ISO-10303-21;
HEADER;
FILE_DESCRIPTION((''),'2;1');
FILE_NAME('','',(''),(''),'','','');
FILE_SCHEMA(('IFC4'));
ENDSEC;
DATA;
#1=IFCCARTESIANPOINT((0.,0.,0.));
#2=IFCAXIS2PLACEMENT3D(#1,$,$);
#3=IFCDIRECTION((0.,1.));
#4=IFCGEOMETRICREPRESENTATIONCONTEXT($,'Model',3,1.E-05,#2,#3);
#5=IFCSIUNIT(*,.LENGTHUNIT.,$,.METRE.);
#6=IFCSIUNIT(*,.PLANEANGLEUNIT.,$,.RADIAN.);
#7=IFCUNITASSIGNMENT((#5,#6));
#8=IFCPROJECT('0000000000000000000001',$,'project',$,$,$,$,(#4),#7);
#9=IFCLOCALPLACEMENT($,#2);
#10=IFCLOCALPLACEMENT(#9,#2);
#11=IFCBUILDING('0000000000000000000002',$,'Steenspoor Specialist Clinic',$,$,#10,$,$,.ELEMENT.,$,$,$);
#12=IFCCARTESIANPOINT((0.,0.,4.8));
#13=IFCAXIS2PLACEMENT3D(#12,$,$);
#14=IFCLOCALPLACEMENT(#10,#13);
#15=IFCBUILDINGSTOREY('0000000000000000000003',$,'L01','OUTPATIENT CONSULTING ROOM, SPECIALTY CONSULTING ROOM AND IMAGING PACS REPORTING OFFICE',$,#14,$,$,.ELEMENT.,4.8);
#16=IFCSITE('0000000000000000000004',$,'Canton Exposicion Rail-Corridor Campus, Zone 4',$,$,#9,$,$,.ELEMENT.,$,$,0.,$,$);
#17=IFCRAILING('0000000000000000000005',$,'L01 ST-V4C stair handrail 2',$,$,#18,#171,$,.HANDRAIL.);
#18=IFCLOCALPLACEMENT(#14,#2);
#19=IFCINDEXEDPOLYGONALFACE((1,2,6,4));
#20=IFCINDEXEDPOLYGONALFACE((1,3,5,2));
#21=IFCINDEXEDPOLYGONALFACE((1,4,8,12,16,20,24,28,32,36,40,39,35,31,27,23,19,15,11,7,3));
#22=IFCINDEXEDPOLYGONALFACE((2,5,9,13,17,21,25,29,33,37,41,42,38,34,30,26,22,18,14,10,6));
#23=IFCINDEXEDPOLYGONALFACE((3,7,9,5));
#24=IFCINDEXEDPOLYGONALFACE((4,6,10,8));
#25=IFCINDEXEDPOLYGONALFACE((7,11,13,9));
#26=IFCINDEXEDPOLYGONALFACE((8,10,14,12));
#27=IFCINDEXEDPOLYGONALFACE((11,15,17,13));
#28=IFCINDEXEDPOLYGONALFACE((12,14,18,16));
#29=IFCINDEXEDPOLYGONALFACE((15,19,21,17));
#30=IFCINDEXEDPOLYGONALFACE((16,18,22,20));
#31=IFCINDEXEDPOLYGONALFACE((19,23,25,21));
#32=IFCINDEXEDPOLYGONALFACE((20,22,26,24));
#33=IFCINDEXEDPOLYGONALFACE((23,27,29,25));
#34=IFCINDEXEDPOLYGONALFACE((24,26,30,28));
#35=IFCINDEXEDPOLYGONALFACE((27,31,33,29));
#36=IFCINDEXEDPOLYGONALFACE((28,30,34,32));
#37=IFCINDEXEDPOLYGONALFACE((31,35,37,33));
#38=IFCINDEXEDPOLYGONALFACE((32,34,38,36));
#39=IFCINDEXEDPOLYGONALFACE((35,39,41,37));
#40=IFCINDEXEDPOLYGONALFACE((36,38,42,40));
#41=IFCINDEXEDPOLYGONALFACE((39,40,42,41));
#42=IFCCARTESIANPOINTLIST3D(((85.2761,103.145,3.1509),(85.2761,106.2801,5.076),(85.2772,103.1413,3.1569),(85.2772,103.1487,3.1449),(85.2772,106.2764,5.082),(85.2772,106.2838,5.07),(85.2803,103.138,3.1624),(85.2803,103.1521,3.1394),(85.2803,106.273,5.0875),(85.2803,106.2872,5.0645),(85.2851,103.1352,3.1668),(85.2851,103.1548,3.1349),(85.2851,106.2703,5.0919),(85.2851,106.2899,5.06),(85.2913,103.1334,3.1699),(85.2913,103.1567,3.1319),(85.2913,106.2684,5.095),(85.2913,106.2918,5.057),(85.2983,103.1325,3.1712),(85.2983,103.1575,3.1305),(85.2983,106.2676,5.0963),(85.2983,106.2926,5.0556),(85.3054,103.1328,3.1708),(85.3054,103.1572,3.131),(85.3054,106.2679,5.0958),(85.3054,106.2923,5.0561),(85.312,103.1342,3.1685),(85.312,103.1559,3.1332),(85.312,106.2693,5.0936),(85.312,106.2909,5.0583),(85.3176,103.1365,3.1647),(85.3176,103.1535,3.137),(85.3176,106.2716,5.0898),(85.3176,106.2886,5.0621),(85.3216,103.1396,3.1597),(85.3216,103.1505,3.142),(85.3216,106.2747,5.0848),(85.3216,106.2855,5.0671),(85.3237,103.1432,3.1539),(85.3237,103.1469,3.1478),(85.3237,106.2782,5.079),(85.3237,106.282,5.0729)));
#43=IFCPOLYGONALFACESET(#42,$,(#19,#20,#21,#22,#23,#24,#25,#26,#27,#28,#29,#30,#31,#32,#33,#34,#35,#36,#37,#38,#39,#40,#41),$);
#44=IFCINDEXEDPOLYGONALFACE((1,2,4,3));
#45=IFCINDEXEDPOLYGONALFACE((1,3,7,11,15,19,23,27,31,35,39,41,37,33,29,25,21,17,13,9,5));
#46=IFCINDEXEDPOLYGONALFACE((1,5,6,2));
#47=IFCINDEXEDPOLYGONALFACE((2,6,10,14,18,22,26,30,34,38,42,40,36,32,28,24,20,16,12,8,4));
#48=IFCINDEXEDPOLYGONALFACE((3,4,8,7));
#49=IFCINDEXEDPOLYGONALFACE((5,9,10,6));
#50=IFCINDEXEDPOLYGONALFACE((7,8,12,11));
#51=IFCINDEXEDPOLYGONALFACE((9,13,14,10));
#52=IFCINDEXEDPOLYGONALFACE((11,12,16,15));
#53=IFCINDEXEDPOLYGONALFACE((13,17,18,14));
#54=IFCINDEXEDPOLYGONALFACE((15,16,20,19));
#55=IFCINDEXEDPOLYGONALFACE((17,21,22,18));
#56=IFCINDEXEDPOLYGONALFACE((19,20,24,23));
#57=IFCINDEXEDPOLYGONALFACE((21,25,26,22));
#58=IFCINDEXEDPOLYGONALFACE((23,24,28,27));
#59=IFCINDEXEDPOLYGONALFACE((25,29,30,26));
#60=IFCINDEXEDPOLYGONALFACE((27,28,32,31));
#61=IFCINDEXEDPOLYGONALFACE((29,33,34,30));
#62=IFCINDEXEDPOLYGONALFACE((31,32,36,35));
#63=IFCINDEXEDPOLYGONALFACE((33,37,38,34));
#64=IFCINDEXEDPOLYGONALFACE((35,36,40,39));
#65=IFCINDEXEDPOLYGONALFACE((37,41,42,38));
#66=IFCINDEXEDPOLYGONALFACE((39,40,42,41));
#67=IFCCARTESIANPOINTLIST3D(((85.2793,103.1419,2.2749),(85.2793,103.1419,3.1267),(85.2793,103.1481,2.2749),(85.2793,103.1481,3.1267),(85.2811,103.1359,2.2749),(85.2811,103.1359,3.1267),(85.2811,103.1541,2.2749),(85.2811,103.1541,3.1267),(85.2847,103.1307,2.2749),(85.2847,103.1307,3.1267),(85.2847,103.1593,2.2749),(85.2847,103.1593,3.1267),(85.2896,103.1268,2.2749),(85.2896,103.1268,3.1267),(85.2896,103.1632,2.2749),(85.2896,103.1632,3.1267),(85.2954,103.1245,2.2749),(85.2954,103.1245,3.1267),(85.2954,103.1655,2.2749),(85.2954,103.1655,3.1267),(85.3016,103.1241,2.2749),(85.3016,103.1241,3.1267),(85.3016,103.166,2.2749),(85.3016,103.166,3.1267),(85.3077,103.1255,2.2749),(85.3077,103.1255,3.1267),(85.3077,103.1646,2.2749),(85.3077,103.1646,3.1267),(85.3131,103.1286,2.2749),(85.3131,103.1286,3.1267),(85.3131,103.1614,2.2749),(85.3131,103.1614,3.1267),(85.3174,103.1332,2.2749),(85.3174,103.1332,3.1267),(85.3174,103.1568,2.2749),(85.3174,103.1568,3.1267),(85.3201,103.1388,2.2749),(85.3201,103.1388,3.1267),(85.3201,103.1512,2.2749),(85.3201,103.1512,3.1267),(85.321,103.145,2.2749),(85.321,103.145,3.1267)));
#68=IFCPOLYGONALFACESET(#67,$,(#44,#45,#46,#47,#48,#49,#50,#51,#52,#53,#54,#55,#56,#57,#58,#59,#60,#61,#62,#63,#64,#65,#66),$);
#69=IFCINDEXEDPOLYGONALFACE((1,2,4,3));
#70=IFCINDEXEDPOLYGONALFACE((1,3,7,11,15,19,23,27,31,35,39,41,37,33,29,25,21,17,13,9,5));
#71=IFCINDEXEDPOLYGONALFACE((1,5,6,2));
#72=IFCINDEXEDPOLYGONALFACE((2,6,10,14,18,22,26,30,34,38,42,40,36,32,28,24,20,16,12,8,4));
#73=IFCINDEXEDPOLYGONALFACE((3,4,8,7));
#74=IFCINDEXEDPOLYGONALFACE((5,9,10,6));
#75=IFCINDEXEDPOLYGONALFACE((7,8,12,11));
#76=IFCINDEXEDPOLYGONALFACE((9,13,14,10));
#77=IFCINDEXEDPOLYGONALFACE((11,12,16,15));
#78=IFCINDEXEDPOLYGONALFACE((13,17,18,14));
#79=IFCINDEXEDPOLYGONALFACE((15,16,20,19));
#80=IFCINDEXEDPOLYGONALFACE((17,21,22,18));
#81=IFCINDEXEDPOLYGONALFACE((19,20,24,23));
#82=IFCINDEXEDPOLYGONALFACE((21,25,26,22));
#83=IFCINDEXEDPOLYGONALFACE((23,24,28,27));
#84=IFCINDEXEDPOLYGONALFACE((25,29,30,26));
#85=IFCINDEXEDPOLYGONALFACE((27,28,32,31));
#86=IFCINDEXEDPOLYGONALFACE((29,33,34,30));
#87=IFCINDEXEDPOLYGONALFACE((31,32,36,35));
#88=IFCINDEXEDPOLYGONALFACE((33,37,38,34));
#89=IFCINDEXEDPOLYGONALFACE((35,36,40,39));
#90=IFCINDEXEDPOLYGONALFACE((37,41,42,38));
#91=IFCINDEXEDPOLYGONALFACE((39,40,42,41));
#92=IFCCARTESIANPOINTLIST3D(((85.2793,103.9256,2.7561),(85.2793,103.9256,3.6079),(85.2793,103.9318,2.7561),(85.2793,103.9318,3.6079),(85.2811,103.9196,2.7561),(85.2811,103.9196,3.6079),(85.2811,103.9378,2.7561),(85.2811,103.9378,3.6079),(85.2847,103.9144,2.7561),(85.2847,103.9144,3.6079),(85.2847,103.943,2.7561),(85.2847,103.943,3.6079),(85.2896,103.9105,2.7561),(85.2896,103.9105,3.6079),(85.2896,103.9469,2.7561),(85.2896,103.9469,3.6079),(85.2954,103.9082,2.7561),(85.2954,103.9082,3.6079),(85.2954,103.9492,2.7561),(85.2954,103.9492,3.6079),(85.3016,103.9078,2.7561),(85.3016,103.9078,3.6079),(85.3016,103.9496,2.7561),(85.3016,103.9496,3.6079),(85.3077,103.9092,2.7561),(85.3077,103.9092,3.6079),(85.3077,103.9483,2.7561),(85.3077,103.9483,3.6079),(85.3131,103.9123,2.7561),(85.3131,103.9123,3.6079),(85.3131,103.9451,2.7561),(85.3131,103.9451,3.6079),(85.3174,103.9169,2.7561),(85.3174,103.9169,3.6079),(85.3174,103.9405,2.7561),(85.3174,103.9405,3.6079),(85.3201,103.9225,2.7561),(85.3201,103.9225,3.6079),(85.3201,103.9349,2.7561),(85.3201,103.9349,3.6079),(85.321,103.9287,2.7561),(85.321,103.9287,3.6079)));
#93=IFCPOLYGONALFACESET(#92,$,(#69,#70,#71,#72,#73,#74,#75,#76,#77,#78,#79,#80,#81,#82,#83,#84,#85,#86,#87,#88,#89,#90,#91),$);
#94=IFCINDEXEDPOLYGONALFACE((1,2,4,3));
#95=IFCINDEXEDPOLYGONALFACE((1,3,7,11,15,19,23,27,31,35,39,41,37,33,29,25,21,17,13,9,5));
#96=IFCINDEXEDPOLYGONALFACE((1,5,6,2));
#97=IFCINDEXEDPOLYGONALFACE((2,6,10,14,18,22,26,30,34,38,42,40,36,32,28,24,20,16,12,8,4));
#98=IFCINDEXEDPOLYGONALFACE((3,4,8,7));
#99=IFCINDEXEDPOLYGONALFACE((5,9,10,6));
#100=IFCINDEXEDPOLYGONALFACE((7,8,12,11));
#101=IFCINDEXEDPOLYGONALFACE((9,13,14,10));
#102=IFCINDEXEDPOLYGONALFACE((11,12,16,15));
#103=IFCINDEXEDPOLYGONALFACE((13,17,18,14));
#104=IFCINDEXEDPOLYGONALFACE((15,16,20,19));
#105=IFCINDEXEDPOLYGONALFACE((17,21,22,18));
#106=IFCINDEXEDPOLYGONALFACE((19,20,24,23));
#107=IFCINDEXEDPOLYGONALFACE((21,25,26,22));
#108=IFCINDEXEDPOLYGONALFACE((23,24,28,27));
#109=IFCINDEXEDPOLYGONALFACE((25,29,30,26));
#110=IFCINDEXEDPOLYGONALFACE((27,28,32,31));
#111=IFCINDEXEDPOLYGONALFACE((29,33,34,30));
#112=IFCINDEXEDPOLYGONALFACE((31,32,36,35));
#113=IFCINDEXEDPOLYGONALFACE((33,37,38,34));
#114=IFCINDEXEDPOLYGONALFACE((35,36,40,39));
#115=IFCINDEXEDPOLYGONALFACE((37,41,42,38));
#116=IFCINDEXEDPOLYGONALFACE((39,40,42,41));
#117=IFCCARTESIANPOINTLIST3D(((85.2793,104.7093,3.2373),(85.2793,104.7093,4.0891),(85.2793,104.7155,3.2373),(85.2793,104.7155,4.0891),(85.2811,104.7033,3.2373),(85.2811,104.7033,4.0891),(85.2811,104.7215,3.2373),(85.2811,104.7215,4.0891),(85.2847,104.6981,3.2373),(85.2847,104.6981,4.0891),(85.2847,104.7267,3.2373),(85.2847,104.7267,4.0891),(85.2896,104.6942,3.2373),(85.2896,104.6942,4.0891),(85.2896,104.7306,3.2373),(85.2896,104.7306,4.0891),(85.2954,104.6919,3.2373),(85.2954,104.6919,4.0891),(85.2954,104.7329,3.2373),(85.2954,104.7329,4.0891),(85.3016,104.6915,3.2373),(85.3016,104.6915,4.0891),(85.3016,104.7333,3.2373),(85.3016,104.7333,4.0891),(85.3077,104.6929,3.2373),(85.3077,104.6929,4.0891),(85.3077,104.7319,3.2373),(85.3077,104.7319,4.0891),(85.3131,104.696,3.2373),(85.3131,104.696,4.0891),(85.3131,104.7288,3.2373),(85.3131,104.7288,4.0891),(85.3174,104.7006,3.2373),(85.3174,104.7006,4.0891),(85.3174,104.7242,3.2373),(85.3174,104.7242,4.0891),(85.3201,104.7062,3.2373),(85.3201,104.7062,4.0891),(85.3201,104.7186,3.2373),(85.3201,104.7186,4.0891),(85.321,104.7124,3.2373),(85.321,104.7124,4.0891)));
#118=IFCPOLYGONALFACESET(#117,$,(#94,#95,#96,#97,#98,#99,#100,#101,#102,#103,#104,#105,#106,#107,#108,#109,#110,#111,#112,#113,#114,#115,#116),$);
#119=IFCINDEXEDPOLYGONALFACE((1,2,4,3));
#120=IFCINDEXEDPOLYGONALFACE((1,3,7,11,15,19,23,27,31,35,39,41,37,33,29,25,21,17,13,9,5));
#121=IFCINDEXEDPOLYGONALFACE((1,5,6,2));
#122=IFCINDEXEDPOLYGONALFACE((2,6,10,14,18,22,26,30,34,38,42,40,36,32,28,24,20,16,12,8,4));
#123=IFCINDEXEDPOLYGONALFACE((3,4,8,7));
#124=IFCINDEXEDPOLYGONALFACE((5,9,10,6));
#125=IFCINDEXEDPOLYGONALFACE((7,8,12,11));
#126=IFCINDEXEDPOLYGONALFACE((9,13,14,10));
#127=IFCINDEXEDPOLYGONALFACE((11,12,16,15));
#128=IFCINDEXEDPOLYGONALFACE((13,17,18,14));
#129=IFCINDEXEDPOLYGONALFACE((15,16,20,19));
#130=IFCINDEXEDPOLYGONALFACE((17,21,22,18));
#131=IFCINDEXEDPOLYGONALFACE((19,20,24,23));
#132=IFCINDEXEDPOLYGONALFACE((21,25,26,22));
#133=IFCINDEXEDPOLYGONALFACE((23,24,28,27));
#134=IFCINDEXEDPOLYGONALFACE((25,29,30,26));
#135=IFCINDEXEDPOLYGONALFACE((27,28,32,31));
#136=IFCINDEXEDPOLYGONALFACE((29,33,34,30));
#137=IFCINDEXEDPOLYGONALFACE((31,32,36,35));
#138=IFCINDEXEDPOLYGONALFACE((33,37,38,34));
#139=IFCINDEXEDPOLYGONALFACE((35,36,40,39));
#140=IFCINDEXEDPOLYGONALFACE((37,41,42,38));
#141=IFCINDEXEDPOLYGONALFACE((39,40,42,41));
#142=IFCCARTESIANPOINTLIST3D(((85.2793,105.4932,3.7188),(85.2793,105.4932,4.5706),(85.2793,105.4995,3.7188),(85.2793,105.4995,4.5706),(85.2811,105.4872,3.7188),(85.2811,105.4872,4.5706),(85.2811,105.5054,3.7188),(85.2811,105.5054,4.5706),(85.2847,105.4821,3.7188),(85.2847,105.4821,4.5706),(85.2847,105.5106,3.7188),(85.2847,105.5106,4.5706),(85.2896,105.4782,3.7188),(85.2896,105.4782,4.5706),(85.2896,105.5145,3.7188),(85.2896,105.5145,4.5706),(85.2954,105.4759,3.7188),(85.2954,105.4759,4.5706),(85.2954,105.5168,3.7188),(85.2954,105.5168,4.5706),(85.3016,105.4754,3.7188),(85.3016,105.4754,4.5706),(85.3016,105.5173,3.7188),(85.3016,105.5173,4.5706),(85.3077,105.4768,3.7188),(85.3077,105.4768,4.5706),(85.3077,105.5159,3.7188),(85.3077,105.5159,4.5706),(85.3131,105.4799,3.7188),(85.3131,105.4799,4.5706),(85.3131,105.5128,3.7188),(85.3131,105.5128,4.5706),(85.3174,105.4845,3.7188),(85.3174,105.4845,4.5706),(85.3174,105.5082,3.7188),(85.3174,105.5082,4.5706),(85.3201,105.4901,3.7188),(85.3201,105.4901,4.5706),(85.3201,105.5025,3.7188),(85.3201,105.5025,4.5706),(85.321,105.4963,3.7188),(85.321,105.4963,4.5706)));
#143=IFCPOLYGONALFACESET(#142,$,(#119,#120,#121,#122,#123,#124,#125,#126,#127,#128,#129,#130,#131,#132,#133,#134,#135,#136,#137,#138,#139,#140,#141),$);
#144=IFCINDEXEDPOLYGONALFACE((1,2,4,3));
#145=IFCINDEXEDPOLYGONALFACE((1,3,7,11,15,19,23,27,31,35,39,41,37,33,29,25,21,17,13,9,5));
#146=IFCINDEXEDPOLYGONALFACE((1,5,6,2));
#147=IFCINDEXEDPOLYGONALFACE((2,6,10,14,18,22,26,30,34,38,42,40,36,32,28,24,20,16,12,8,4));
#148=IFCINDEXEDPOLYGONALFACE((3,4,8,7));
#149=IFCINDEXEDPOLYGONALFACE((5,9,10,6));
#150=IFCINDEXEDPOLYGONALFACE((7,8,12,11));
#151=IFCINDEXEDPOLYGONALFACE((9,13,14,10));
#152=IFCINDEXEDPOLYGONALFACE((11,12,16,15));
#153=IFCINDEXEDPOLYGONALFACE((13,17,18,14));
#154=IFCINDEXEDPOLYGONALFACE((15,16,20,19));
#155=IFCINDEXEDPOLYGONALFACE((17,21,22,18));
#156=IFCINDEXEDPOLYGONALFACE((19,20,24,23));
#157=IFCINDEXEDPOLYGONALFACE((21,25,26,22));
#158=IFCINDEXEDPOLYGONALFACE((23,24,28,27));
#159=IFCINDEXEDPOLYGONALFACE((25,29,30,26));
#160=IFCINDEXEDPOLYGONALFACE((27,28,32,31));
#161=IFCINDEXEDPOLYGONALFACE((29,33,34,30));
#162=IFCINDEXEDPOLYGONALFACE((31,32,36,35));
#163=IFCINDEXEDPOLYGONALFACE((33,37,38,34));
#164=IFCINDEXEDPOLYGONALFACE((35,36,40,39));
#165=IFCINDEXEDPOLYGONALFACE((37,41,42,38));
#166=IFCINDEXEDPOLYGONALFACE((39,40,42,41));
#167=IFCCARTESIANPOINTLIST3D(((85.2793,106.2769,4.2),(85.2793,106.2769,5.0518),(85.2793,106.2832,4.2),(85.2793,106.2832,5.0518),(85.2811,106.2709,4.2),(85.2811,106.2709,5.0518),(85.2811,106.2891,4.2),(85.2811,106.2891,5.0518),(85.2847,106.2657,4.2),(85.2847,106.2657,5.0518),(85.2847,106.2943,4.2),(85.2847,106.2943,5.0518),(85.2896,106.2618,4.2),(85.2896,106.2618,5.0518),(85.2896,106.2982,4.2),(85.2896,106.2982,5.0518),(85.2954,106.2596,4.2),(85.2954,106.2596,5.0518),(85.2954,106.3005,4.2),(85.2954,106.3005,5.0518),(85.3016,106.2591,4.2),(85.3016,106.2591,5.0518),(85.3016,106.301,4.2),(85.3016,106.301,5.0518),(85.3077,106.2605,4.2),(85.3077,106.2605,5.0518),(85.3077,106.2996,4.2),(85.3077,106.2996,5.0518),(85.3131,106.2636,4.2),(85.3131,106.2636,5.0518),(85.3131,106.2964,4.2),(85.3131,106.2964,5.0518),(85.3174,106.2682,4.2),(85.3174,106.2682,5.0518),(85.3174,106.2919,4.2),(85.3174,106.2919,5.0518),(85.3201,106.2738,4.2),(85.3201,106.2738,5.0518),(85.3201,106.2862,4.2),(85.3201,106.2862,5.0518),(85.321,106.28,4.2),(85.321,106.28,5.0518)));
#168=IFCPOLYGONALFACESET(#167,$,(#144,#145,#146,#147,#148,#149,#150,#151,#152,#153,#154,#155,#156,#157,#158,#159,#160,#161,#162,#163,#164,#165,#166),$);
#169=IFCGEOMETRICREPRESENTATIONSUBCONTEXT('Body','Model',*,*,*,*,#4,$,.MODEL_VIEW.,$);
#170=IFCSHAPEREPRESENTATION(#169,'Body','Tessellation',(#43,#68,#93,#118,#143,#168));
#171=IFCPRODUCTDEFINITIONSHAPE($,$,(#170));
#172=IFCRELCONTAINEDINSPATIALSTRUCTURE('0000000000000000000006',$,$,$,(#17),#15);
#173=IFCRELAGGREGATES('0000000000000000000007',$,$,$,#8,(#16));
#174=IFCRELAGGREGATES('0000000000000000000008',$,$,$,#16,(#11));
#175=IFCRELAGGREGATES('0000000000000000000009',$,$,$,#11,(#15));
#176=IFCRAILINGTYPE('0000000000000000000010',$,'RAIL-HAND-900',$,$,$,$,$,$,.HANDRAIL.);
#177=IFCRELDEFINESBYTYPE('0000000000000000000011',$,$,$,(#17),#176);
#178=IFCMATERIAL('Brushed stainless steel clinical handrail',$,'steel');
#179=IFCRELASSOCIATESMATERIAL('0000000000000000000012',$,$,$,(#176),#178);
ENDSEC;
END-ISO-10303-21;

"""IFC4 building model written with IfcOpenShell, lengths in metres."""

from ifc_helpers import new_model, si_unit, direction, frame, origin, origin_2d, place, context, subcontext, project, spatial, circle, extrude, material, type_object, element, save


model = new_model("IFC4")

# Units and contexts
model_context = context("Model", 3, precision=1e-05, world=origin(), true_north=direction((0.0, 1.0)))
body_context = subcontext(model_context, "Body", "Model", "MODEL_VIEW")
ifc_project = project(units=[si_unit("LENGTHUNIT", "METRE"), si_unit("PLANEANGLEUNIT", "RADIAN")], contexts=[model_context])

# Site, building, storey
site_placement = place(None, origin())
site = spatial("IfcSite", under=ifc_project, at=site_placement, Name="Canton Exposicion Rail-Corridor Campus, Zone 4", CompositionType="ELEMENT", RefElevation=0.0)
building_placement = place(site_placement, origin())
building = spatial("IfcBuilding", under=site, at=building_placement, Name="Steenspoor Specialist Clinic", CompositionType="ELEMENT")
storey_placement = place(building_placement, frame((0.0, 0.0, 4.8)))
storey = spatial("IfcBuildingStorey", under=building, at=storey_placement, Name="L01", Description="OUTPATIENT CONSULTING ROOM, SPECIALTY CONSULTING ROOM AND IMAGING PACS REPORTING OFFICE", CompositionType="ELEMENT", Elevation=4.8)

# Railing
ifc_material_1 = material(Name="Brushed stainless steel clinical handrail", Category="steel")
railing_type_1 = type_object("IfcRailingType", Name="RAIL-HAND-900", PredefinedType="HANDRAIL", material=ifc_material_1)
railing_1_placement = place(storey_placement, frame((85.3, 103.145, 2.2749)))
element("IfcRailing", 1, at=railing_1_placement, inside=storey, type_object=railing_type_1, Name="L01 ST-V4C stair handrail 2", PredefinedType="HANDRAIL", context=body_context, shape_type="SweptSolid", body=[
    extrude(circle(Radius=0.0239, at=origin_2d()), frame((0.0, 0.0, 0.876), z_axis=(0.0, 0.852166, 0.523271), x_axis=(-1.0, 0.0, 0.0)), (0.0, 0.0, 1.0), 3.679),
    extrude(circle(Radius=0.021, at=origin_2d()), origin(), (0.0, 0.0, 1.0), 0.8518),
    extrude(circle(Radius=0.021, at=origin_2d()), frame((0.0, 0.7837, 0.4812)), (0.0, 0.0, 1.0), 0.8518),
    extrude(circle(Radius=0.021, at=origin_2d()), frame((0.0, 1.5674, 0.9624)), (0.0, 0.0, 1.0), 0.8518),
    extrude(circle(Radius=0.021, at=origin_2d()), frame((0.0, 2.3513, 1.4438)), (0.0, 0.0, 1.0), 0.8518),
    extrude(circle(Radius=0.021, at=origin_2d()), frame((0.0, 3.135, 1.925)), (0.0, 0.0, 1.0), 0.8518),
])

save(model, "model.ifc")
